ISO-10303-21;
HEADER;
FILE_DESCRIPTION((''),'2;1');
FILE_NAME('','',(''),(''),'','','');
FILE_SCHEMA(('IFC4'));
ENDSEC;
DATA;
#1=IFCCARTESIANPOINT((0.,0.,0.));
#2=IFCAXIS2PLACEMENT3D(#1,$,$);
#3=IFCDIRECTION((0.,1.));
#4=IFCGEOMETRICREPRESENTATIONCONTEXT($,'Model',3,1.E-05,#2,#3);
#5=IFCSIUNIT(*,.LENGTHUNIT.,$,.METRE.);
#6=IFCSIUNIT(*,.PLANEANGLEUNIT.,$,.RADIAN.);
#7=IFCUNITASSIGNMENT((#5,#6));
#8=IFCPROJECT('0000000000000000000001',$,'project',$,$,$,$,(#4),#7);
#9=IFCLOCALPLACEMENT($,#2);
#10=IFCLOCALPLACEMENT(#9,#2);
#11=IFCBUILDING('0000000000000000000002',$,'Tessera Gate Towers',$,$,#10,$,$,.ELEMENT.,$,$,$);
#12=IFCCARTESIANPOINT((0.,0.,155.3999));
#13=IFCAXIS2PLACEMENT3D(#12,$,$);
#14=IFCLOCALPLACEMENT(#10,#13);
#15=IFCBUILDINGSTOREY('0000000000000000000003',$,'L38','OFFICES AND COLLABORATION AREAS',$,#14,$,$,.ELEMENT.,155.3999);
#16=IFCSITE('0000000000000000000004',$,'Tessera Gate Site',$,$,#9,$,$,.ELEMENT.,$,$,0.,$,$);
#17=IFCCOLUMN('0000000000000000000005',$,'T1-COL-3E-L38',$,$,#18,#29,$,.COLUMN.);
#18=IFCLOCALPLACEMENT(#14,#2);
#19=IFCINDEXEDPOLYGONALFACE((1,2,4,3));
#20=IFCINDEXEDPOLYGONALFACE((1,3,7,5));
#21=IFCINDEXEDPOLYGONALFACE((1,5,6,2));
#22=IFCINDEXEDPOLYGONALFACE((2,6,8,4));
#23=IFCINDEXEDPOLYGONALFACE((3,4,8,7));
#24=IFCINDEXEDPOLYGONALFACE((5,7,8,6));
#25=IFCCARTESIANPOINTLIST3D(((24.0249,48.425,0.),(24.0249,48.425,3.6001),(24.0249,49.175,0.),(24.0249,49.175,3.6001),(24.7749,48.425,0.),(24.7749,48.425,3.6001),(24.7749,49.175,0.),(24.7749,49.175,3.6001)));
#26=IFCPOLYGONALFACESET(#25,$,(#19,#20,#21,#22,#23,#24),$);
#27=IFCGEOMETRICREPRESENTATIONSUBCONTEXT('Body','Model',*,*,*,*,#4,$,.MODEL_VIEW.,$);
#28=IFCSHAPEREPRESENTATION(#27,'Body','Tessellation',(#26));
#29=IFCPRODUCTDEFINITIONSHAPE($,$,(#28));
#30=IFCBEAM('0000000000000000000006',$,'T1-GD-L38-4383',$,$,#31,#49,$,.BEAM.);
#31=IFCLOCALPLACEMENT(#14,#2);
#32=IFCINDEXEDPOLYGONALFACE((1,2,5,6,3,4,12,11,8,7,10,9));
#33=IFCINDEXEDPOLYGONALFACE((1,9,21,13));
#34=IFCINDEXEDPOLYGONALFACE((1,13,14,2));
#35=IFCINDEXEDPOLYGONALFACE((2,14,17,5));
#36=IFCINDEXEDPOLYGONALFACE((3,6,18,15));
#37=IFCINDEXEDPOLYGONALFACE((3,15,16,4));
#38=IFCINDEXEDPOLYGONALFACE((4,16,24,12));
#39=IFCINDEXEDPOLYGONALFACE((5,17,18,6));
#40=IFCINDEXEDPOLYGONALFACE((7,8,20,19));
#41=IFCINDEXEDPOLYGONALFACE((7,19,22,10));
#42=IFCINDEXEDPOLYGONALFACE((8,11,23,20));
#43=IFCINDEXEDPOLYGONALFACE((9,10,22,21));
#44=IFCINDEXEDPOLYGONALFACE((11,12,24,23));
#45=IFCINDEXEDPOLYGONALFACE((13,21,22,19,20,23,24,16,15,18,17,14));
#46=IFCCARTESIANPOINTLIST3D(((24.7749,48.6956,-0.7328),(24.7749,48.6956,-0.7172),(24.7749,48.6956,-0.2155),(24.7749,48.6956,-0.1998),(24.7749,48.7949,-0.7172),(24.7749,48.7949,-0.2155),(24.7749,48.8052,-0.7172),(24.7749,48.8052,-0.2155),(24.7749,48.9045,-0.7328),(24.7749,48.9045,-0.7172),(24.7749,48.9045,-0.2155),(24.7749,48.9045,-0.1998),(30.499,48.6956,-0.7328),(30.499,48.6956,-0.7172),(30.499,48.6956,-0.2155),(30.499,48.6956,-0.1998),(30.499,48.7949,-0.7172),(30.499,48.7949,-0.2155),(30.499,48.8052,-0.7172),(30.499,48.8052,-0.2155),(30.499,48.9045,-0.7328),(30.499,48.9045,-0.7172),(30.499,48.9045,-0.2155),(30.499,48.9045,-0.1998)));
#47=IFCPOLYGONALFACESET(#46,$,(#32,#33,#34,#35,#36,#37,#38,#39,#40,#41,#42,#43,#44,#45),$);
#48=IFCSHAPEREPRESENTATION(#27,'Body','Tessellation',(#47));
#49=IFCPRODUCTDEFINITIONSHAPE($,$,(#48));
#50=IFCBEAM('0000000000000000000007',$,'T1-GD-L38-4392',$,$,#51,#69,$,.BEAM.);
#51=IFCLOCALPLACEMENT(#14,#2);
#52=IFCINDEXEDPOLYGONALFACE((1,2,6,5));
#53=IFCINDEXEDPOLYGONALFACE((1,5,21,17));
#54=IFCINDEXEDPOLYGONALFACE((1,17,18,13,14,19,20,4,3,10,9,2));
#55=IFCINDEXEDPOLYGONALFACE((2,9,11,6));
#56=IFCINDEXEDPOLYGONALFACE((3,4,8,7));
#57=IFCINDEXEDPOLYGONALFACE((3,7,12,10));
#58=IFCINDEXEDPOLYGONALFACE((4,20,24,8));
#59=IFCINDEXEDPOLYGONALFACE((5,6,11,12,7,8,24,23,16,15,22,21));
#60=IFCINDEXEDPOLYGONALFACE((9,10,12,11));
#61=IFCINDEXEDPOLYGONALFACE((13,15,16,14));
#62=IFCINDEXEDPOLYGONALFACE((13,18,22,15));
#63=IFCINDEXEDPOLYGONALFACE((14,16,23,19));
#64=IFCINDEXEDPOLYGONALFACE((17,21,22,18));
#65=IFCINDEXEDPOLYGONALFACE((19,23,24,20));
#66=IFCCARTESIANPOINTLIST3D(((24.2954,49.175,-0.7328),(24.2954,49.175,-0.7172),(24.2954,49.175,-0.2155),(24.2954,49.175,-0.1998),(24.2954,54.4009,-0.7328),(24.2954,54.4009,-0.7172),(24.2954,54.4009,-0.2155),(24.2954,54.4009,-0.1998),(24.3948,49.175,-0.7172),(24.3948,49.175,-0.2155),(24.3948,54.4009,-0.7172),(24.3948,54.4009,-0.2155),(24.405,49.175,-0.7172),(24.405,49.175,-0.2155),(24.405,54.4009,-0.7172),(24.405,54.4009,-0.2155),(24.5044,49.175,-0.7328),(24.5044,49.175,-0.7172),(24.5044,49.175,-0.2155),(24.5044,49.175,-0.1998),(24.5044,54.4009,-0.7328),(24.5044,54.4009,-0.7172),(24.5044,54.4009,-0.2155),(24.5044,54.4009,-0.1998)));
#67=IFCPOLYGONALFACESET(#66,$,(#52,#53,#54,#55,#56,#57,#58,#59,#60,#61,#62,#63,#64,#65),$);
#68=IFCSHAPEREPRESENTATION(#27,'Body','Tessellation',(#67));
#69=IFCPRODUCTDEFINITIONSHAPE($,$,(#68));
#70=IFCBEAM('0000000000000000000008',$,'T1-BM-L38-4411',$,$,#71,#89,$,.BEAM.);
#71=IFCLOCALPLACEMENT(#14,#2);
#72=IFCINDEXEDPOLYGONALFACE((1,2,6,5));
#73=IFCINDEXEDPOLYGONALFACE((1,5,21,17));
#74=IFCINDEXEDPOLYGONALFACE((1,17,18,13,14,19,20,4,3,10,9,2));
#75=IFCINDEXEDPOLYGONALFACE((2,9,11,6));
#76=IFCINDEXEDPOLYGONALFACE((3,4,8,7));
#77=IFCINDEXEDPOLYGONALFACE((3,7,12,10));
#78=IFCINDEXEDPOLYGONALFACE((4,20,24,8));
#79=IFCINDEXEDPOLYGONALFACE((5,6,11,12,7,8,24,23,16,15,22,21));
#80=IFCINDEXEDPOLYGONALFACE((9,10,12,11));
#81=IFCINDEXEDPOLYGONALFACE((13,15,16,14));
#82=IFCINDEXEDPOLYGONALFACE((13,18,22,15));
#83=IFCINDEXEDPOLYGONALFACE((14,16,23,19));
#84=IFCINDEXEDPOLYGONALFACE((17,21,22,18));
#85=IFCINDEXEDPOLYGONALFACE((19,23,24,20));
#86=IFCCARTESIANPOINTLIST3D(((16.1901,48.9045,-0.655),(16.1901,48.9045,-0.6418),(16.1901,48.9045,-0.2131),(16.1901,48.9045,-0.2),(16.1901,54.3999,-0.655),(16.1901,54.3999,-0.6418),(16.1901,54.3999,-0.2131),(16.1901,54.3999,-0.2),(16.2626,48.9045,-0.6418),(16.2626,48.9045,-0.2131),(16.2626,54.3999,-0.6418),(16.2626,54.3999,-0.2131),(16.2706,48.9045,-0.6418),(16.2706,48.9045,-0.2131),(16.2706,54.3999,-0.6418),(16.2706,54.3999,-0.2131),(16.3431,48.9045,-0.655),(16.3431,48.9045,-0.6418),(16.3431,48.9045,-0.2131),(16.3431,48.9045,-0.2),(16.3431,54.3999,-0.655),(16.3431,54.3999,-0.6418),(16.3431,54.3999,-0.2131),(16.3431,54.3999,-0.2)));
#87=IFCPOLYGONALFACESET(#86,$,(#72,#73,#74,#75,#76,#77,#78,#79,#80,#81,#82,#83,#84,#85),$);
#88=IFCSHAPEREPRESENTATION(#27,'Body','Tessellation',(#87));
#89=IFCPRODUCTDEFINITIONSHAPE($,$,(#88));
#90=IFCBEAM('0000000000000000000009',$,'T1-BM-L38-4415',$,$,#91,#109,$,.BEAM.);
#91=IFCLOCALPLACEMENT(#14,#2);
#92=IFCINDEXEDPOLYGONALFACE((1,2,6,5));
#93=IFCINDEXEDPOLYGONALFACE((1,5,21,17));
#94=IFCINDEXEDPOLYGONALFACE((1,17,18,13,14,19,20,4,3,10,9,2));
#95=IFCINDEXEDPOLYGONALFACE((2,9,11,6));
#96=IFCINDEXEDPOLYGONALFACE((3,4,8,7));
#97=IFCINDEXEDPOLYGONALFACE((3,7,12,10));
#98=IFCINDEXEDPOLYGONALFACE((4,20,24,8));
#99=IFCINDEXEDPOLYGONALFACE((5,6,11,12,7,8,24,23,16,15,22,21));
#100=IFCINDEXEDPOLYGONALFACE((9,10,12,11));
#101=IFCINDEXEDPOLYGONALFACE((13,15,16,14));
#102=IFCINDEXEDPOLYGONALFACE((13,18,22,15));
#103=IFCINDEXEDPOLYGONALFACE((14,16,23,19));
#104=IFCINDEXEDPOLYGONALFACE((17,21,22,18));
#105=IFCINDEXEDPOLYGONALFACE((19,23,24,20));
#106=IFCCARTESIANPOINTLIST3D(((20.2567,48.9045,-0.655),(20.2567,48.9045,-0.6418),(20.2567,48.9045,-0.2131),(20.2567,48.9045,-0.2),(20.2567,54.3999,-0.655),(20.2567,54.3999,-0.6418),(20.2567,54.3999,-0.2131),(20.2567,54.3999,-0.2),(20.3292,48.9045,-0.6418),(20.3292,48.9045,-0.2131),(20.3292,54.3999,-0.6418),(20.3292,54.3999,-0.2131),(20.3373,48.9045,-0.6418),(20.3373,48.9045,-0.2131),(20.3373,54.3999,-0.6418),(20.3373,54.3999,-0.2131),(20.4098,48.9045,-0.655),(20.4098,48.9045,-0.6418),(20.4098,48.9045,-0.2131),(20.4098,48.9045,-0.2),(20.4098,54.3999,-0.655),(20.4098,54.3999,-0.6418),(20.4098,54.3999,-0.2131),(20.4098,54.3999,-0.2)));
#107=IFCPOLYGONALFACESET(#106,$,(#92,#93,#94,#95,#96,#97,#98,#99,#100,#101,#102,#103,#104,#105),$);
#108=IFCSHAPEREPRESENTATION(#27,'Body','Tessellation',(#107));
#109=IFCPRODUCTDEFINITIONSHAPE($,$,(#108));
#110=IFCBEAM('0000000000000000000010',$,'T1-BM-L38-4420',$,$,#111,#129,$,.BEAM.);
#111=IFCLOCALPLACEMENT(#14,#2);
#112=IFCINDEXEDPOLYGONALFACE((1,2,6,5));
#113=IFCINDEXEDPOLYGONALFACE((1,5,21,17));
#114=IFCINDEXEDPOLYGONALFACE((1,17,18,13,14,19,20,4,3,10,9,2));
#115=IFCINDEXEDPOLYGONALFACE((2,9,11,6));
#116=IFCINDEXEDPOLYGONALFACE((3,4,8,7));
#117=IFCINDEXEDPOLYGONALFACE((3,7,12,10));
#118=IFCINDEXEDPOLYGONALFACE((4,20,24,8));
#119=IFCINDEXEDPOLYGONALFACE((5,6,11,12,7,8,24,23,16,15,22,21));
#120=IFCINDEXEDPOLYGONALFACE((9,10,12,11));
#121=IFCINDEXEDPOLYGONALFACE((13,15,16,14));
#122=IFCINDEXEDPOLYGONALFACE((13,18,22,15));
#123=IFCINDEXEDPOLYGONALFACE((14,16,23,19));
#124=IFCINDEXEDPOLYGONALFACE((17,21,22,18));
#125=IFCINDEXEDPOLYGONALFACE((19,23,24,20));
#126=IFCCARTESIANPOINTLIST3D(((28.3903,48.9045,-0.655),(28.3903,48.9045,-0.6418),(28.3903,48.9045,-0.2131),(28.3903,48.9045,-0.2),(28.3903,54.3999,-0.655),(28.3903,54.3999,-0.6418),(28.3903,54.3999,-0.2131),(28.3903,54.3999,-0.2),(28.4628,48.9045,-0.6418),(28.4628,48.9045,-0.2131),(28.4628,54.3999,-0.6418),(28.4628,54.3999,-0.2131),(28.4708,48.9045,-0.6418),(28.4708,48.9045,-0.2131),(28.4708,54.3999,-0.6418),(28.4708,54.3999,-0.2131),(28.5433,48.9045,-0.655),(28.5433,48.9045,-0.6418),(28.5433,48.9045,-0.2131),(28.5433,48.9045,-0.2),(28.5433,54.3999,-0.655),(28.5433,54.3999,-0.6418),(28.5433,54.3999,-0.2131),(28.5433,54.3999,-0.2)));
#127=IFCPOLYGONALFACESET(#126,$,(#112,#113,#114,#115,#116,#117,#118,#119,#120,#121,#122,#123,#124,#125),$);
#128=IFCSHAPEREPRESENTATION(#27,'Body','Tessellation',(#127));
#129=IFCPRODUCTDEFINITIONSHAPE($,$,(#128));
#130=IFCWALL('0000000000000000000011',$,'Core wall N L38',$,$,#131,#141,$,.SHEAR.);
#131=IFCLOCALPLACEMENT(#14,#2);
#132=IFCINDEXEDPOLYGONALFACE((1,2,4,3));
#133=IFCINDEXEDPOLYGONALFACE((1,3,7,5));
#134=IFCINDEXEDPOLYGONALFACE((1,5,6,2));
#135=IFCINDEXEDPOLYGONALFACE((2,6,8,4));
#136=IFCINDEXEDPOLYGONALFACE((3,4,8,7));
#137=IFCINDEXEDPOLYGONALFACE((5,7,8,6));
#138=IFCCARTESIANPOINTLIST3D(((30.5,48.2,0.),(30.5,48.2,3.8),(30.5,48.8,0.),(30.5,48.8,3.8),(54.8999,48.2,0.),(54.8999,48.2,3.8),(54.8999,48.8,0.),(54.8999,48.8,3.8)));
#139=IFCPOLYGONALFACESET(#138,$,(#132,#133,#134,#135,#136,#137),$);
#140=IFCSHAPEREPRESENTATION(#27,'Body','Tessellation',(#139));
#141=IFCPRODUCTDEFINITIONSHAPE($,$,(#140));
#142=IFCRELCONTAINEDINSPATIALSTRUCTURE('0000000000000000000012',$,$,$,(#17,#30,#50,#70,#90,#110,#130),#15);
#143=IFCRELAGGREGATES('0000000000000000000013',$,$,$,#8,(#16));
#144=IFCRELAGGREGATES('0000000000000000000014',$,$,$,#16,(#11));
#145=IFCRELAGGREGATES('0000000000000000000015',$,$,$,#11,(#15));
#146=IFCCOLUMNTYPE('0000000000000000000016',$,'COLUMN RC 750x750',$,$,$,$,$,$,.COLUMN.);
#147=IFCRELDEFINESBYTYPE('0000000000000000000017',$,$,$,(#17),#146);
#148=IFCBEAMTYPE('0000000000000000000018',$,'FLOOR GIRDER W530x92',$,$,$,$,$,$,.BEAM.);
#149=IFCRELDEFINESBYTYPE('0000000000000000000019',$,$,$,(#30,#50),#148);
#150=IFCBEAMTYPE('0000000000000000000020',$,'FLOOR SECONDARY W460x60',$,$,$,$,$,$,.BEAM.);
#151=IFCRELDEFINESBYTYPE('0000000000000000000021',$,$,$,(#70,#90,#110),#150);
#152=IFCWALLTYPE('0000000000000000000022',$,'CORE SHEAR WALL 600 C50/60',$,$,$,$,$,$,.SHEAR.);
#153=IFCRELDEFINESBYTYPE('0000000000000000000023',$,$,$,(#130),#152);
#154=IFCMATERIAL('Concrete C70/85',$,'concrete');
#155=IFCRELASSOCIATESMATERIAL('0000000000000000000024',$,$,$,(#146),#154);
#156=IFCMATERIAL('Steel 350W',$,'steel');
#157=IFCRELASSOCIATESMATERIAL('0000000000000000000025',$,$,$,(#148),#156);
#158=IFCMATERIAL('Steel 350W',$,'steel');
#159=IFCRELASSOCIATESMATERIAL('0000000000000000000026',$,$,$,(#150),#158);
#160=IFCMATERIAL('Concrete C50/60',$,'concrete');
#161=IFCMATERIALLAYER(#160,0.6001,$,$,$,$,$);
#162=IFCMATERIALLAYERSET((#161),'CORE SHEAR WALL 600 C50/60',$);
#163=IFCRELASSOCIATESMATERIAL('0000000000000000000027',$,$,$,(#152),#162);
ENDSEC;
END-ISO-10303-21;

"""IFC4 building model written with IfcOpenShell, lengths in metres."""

from ifc_helpers import new_model, si_unit, direction, frame, frame_2d, origin, origin_2d, place, context, subcontext, project, spatial, rectangle, i_section, extrude, material, layer, layer_set, material_profile, profile_set, type_object, element, save


model = new_model("IFC4")

# Units and contexts
model_context = context("Model", 3, precision=1e-05, world=origin(), true_north=direction((0.0, 1.0)))
body_context = subcontext(model_context, "Body", "Model", "MODEL_VIEW")
ifc_project = project(units=[si_unit("LENGTHUNIT", "METRE"), si_unit("PLANEANGLEUNIT", "RADIAN")], contexts=[model_context])

# Site, building, storey
site_placement = place(None, origin())
site = spatial("IfcSite", under=ifc_project, at=site_placement, Name="Tessera Gate Site", CompositionType="ELEMENT", RefElevation=0.0)
building_placement = place(site_placement, origin())
building = spatial("IfcBuilding", under=site, at=building_placement, Name="Tessera Gate Towers", CompositionType="ELEMENT")
storey_placement = place(building_placement, frame((0.0, 0.0, 155.3999)))
storey = spatial("IfcBuildingStorey", under=building, at=storey_placement, Name="L38", Description="OFFICES AND COLLABORATION AREAS", CompositionType="ELEMENT", Elevation=155.3999)

# Column
ifc_material_1 = material(Name="Concrete C70/85", Category="concrete")
ifc_material_profile_1 = material_profile(ifc_material_1, rectangle(XDim=0.75, YDim=0.75, at=origin_2d()), Name="RC 750x750")
ifc_profile_set_1 = profile_set([ifc_material_profile_1], Name="Concrete C70/85")
column_type = type_object("IfcColumnType", Name="COLUMN RC 750x750", PredefinedType="COLUMN", material=ifc_profile_set_1)
column_placement = place(storey_placement, frame((24.3999, 48.8, 0.0), z_axis=(0.0, 0.0, 1.0), x_axis=(1.0, 0.0, 0.0)))
element("IfcColumn", 1, at=column_placement, inside=storey, type_object=column_type, Name="T1-COL-3E-L38", PredefinedType="COLUMN", context=body_context, shape_type="SweptSolid", body=[
    extrude(rectangle(XDim=0.75, YDim=0.75, at=origin_2d()), origin(), (0.0, 0.0, 1.0), 3.6001),
])

# Beams
ifc_material_2 = material(Name="Steel 350W", Category="steel")
ifc_material_profile_2 = material_profile(ifc_material_2, i_section(OverallWidth=0.209, OverallDepth=0.533, WebThickness=0.0103, FlangeThickness=0.0156, at=origin_2d()), Name="W530x92")
ifc_profile_set_2 = profile_set([ifc_material_profile_2], Name="Steel 350W")
beam_type_1 = type_object("IfcBeamType", Name="FLOOR GIRDER W530x92", PredefinedType="BEAM", material=ifc_profile_set_2)
beam_1_placement = place(storey_placement, frame((24.7749, 48.8, -0.4663), z_axis=(1.0, 0.0, 0.0), x_axis=(0.0, 1.0, 0.0)))
element("IfcBeam", 2, at=beam_1_placement, inside=storey, type_object=beam_type_1, Name="T1-GD-L38-4383", PredefinedType="BEAM", context=body_context, shape_type="SweptSolid", body=[
    extrude(i_section(OverallWidth=0.209, OverallDepth=0.533, WebThickness=0.0103, FlangeThickness=0.0156, at=origin_2d()), origin(), (0.0, 0.0, 1.0), 5.7241),
])
beam_2_placement = place(storey_placement, frame((24.3999, 49.175, -0.4663), z_axis=(0.0, 1.0, 0.0), x_axis=(-1.0, 0.0, 0.0)))
element("IfcBeam", 3, at=beam_2_placement, inside=storey, type_object=beam_type_1, Name="T1-GD-L38-4392", PredefinedType="BEAM", context=body_context, shape_type="SweptSolid", body=[
    extrude(i_section(OverallWidth=0.209, OverallDepth=0.533, WebThickness=0.0103, FlangeThickness=0.0156, at=origin_2d()), origin(), (0.0, 0.0, 1.0), 5.2258),
])
ifc_material_3 = material(Name="Steel 350W", Category="steel")
ifc_material_profile_3 = material_profile(ifc_material_3, i_section(OverallWidth=0.1531, OverallDepth=0.4551, WebThickness=0.0081, FlangeThickness=0.0132, at=origin_2d()), Name="W460x60")
ifc_profile_set_3 = profile_set([ifc_material_profile_3], Name="Steel 350W")
beam_type_2 = type_object("IfcBeamType", Name="FLOOR SECONDARY W460x60", PredefinedType="BEAM", material=ifc_profile_set_3)
for number, where, z_axis, x_axis, name in (
    (4, (16.2666, 48.9045, -0.4275), (0.0, 1.0, 0.0), (-1.0, 0.0, 0.0), "T1-BM-L38-4411"),
    (5, (20.3333, 48.9045, -0.4275), (0.0, 1.0, 0.0), (-1.0, 0.0, 0.0), "T1-BM-L38-4415"),
    (6, (28.4668, 48.9045, -0.4275), (0.0, 1.0, 0.0), (-1.0, 0.0, 0.0), "T1-BM-L38-4420"),
):
    element("IfcBeam", number, at=place(storey_placement, frame(where, z_axis=z_axis, x_axis=x_axis)), inside=storey, type_object=beam_type_2, Name=name, PredefinedType="BEAM", context=body_context, shape_type="SweptSolid", body=[
        extrude(i_section(OverallWidth=0.1531, OverallDepth=0.4551, WebThickness=0.0081, FlangeThickness=0.0132, at=origin_2d()), origin(), (0.0, 0.0, 1.0), 5.4954),
    ])

# Wall
ifc_material_4 = material(Name="Concrete C50/60", Category="concrete")
ifc_layer_1 = layer(ifc_material_4, 0.6001)
ifc_layer_set_1 = layer_set([ifc_layer_1], Name="CORE SHEAR WALL 600 C50/60")
wall_type_1 = type_object("IfcWallType", Name="CORE SHEAR WALL 600 C50/60", PredefinedType="SHEAR", material=ifc_layer_set_1)
wall_1_placement = place(storey_placement, frame((30.5, 48.5, 0.0), z_axis=(0.0, 0.0, 1.0), x_axis=(1.0, 0.0, 0.0)))
element("IfcWall", 7, at=wall_1_placement, inside=storey, type_object=wall_type_1, Name="Core wall N L38", PredefinedType="SHEAR", context=body_context, shape_type="SweptSolid", body=[
    extrude(rectangle(XDim=24.3999, YDim=0.6001, at=frame_2d((12.2, 0.0))), origin(), (0.0, 0.0, 1.0), 3.8),
])

save(model, "model.ifc")
